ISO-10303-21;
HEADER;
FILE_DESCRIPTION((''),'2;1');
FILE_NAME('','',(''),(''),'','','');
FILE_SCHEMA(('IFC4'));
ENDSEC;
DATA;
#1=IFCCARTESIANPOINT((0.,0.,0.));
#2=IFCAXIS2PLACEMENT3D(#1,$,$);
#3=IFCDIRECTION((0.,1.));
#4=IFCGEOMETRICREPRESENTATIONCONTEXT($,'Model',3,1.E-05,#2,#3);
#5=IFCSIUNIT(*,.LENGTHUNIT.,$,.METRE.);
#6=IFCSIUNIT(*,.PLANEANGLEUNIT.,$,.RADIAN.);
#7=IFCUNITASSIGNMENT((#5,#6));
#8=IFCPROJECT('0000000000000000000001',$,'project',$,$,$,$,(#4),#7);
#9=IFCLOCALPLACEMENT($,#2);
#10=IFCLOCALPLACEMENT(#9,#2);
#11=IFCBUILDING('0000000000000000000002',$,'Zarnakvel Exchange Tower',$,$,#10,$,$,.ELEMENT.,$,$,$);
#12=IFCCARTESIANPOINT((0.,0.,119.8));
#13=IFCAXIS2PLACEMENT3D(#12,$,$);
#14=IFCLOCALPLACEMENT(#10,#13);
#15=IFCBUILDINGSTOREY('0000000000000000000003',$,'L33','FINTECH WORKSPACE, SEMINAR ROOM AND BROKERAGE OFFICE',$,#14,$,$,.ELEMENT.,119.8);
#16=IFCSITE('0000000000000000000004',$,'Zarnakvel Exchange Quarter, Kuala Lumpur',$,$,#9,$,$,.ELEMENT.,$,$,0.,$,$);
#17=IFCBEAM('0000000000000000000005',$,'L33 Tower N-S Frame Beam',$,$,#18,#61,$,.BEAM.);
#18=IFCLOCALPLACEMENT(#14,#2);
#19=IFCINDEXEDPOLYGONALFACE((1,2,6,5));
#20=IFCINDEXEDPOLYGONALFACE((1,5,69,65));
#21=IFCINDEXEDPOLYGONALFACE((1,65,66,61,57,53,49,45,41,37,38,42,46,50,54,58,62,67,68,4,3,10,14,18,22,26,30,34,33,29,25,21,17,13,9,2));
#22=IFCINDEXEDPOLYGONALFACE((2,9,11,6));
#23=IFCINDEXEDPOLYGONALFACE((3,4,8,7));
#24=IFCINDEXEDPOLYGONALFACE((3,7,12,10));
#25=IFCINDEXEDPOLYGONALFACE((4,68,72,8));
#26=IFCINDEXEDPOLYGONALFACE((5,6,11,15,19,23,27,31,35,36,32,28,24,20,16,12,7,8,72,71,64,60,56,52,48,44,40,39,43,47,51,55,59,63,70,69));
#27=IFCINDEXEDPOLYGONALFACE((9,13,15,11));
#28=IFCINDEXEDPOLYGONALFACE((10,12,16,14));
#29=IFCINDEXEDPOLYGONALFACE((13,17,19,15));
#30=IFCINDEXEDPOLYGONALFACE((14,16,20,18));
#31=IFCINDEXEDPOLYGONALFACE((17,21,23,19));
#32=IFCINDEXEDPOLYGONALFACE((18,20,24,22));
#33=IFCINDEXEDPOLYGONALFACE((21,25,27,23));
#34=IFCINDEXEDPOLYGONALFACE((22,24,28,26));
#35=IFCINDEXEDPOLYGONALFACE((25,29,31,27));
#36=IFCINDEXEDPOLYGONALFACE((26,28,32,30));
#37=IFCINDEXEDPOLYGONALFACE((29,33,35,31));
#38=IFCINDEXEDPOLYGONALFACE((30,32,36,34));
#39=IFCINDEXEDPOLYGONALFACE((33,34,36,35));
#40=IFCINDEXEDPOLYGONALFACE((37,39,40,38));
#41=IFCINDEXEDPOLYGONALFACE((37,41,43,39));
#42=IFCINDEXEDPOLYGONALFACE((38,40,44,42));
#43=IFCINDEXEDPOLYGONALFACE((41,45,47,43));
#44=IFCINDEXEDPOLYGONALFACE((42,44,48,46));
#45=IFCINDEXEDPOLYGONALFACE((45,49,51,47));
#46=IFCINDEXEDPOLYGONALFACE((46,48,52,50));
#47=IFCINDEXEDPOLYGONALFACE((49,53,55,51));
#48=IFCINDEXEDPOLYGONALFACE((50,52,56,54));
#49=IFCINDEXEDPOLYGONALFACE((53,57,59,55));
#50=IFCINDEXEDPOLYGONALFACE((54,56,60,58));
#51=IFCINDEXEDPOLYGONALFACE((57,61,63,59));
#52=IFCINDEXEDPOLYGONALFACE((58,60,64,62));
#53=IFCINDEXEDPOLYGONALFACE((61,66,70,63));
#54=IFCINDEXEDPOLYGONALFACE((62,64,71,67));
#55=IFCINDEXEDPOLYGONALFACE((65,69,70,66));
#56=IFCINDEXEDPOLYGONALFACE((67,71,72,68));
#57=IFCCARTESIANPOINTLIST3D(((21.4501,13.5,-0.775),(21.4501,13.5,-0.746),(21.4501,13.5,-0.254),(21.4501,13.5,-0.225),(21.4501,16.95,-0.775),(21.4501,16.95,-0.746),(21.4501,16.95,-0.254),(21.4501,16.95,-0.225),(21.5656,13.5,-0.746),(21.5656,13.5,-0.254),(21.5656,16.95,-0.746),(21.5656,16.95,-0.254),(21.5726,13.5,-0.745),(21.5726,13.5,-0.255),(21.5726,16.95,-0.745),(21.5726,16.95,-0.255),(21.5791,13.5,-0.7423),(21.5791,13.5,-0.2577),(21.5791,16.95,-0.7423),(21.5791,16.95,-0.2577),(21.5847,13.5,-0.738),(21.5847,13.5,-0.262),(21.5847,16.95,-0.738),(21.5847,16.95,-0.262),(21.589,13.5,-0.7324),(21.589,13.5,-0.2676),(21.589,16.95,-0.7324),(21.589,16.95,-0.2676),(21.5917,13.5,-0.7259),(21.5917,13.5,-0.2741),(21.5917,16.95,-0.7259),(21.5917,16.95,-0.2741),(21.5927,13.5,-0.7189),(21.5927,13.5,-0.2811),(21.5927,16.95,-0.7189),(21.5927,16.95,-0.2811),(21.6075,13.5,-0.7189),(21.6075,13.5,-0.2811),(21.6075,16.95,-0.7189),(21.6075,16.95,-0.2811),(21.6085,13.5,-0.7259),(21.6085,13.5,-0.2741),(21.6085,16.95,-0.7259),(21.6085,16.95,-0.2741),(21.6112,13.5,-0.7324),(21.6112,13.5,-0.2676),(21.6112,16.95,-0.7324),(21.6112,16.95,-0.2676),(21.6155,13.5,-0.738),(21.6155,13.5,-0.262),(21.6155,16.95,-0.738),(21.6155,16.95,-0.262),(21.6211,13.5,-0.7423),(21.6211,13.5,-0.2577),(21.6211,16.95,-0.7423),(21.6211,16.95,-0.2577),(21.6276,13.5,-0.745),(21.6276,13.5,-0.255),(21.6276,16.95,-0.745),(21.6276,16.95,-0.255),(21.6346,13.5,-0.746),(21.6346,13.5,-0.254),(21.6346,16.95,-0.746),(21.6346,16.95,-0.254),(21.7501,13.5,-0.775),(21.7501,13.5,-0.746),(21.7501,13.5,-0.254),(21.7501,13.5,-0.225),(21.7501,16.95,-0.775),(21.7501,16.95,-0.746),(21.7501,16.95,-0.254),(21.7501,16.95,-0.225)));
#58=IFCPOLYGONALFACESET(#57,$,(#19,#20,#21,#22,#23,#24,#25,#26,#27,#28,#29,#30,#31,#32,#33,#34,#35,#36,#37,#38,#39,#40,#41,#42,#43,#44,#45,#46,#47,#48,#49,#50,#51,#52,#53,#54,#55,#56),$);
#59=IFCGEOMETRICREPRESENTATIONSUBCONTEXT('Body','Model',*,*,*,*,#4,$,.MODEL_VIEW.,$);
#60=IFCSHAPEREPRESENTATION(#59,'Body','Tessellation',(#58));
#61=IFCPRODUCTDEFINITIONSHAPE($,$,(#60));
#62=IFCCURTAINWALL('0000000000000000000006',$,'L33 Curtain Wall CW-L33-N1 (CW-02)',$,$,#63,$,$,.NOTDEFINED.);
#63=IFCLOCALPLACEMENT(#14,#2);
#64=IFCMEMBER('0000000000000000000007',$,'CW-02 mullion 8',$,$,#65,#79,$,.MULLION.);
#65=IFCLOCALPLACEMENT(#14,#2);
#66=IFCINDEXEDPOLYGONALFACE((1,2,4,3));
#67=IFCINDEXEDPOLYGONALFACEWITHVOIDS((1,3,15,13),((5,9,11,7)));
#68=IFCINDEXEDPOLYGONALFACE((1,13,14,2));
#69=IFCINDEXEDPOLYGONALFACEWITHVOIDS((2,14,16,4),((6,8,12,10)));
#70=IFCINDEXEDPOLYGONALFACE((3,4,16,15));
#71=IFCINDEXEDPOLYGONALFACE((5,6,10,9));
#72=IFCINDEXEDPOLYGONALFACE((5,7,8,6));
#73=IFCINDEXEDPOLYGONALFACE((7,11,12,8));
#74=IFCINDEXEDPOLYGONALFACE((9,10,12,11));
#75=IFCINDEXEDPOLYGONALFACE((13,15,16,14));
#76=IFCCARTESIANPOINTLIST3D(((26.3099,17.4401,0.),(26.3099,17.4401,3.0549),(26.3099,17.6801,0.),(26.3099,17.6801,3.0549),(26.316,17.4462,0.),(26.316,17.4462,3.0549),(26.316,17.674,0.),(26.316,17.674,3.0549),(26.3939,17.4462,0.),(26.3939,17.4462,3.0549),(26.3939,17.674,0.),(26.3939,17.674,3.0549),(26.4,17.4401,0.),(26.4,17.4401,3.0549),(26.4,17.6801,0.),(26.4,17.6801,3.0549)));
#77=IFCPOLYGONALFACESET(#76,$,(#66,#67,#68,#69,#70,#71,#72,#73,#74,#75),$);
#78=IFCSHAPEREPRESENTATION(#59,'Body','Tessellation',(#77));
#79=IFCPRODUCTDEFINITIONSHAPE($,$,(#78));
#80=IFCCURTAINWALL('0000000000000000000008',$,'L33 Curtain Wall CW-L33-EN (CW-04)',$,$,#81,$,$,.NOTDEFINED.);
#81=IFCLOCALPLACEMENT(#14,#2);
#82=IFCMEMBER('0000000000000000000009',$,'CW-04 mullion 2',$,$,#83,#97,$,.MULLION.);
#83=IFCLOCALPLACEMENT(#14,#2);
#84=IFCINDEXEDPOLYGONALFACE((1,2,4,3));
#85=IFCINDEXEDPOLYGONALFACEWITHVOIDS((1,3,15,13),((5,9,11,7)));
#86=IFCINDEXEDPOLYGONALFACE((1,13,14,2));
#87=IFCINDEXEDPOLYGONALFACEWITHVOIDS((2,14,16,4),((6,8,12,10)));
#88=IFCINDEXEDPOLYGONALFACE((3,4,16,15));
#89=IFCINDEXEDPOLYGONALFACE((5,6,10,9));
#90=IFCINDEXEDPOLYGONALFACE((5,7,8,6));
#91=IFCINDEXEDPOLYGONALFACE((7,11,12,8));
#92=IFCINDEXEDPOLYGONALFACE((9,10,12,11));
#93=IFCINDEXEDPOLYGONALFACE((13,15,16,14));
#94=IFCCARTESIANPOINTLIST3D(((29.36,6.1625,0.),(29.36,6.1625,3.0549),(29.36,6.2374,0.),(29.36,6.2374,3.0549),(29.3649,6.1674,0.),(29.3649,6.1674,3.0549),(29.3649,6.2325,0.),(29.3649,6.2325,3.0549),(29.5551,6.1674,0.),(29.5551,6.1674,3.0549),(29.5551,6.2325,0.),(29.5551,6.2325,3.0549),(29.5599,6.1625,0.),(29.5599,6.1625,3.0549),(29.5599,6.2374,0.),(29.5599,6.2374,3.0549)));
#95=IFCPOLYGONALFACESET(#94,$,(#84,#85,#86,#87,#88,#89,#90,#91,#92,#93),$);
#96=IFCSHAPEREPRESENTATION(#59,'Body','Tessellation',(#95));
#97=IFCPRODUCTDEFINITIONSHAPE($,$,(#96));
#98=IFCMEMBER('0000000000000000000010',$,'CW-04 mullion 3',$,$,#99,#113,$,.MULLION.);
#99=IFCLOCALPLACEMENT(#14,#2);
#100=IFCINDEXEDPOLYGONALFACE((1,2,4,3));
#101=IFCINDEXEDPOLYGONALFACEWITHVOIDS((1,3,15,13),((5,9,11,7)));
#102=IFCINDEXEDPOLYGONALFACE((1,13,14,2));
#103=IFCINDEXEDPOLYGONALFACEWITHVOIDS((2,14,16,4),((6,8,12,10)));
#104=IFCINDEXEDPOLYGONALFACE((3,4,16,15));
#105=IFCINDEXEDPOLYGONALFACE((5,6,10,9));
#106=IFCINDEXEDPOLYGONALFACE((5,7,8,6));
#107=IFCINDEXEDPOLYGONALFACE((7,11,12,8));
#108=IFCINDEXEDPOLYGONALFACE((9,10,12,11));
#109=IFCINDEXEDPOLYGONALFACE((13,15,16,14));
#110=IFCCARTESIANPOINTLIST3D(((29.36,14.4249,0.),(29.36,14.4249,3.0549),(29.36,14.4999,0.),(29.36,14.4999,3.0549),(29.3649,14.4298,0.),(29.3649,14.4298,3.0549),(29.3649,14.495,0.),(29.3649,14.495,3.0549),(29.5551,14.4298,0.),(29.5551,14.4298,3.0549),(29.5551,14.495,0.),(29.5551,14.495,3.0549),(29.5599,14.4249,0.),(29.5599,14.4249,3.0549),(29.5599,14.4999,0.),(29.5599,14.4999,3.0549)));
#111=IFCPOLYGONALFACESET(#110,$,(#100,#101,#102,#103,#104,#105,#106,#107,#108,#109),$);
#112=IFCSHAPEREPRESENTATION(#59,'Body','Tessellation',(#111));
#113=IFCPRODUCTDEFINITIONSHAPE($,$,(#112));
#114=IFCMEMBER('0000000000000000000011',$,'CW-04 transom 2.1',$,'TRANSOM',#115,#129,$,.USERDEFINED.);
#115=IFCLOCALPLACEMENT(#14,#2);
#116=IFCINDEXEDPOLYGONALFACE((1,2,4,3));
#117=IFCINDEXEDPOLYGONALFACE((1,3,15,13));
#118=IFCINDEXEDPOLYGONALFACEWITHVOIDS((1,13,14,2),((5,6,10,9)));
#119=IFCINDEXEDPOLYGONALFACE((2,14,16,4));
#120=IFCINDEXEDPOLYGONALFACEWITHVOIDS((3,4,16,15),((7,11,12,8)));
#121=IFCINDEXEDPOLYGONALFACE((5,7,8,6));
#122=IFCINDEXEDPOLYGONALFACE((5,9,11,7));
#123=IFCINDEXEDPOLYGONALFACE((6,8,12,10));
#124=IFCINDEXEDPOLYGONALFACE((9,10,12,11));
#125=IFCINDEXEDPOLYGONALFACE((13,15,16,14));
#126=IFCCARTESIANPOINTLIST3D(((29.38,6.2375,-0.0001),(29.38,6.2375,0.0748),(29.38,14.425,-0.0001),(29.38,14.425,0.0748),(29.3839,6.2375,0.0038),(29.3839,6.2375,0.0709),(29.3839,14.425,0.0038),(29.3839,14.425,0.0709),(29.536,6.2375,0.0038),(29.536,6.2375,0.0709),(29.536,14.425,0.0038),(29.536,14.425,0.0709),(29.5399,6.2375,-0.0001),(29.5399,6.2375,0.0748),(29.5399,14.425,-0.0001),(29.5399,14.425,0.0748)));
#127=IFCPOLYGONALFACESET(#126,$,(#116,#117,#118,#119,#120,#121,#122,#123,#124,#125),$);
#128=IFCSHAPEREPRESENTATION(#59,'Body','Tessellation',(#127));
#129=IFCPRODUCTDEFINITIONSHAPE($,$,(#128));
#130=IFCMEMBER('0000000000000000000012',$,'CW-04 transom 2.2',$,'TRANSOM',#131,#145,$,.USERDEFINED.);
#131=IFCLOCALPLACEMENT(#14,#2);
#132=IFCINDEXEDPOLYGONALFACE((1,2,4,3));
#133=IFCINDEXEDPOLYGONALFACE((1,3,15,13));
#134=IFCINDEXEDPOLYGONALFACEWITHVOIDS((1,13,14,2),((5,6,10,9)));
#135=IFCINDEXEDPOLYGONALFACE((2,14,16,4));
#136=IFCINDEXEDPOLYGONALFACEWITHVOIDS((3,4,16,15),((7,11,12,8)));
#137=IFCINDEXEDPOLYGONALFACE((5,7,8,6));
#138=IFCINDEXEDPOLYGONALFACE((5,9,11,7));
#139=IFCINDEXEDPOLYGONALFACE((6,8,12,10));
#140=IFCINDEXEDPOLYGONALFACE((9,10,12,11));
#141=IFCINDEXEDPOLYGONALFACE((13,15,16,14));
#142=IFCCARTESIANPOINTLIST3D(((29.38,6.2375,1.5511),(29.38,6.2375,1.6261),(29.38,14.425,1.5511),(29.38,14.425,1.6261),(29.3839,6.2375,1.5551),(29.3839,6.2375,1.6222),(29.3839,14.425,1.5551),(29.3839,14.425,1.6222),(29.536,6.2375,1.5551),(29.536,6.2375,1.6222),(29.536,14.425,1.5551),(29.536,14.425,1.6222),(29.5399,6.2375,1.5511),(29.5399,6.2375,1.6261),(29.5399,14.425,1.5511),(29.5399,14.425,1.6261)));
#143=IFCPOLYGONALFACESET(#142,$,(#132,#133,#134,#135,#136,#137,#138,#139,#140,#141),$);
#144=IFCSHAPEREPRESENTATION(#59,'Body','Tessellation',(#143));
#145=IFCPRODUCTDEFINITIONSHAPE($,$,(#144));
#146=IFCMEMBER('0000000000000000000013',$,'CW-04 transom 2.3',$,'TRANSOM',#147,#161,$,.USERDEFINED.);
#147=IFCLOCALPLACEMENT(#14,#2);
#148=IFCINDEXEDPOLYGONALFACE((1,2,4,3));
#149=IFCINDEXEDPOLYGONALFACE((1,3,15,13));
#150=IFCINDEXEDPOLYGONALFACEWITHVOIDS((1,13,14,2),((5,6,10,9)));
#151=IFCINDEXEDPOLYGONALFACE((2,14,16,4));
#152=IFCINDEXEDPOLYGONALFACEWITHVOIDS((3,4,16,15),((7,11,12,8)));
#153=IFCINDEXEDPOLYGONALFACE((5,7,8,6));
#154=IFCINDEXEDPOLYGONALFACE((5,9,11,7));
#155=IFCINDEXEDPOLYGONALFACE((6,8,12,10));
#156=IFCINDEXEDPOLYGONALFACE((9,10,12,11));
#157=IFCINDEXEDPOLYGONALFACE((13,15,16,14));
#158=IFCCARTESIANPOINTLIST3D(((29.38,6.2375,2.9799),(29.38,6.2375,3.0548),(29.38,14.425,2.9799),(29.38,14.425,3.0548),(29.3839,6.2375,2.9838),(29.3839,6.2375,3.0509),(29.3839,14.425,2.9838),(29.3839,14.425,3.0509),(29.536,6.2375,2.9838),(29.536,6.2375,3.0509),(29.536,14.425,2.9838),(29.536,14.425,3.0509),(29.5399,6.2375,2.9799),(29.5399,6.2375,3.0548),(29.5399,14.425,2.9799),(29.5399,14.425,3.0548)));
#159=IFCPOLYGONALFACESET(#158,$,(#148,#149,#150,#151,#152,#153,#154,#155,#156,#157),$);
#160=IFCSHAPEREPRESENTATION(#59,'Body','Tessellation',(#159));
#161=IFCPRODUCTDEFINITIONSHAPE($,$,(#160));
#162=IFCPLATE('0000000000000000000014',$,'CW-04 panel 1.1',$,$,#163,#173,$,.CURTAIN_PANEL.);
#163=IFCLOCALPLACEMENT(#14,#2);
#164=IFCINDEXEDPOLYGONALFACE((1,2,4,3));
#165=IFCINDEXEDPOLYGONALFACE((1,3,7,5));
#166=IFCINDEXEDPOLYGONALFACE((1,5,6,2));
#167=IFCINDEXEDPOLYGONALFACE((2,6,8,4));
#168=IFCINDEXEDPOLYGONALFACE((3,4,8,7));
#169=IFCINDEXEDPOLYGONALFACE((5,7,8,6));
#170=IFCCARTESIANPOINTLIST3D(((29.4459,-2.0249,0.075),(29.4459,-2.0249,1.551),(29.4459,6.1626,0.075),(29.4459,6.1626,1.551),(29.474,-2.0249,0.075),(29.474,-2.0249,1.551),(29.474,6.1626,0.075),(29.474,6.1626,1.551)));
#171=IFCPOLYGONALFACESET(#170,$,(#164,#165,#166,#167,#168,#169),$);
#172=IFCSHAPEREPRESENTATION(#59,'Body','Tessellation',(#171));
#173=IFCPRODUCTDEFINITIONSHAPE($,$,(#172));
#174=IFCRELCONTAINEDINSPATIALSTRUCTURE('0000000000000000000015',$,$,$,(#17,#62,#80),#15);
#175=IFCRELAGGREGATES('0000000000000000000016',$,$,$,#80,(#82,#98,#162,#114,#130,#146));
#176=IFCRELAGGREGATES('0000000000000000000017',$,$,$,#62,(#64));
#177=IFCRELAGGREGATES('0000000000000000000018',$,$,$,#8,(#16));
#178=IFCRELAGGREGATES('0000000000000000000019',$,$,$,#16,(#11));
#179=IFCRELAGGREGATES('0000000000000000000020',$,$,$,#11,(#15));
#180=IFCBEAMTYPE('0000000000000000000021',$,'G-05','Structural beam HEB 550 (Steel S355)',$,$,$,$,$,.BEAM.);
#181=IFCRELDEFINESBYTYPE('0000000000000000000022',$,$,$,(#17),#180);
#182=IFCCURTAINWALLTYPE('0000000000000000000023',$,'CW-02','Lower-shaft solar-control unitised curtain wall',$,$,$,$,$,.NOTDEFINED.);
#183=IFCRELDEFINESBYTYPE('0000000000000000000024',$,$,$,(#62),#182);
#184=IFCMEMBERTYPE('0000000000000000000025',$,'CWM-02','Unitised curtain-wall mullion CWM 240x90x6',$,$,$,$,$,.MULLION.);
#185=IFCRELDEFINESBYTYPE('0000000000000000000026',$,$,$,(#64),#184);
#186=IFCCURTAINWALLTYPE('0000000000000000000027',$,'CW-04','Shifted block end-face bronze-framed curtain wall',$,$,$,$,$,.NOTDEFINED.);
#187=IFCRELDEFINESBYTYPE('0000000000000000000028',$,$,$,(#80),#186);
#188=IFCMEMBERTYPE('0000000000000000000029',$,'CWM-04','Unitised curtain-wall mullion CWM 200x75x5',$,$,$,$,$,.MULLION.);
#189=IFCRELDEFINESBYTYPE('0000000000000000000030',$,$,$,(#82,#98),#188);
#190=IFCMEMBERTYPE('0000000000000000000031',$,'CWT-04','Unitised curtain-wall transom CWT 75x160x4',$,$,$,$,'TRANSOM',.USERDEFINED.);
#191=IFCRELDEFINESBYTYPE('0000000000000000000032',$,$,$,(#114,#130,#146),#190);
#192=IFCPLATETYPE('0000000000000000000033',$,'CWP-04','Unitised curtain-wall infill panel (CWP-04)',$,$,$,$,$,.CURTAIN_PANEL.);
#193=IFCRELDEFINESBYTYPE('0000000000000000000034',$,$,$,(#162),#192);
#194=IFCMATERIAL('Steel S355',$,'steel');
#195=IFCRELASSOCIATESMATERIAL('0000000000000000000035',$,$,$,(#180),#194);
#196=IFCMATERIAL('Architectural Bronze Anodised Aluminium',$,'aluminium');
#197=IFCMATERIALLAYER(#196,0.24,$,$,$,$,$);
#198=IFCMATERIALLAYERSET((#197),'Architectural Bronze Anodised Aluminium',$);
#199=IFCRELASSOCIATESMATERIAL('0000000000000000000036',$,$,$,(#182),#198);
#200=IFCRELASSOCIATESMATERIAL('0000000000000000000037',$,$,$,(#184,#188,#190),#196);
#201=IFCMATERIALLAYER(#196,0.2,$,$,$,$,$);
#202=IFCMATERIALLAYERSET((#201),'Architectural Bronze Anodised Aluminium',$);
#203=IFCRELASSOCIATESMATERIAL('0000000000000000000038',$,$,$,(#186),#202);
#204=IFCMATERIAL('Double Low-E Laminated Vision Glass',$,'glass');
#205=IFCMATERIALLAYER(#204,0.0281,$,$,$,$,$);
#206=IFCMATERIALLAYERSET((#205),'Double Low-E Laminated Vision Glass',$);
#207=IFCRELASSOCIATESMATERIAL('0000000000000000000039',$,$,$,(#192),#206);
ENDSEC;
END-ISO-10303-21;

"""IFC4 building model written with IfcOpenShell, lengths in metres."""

from ifc_helpers import new_model, si_unit, direction, frame, origin, origin_2d, place, context, subcontext, project, spatial, rectangle, hollow_rectangle, i_section, extrude, source, transform, mapped, material, layer, layer_set, material_profile, profile_set, type_object, element, aggregate, save


model = new_model("IFC4")

# Units and contexts
model_context = context("Model", 3, precision=1e-05, world=origin(), true_north=direction((0.0, 1.0)))
body_context = subcontext(model_context, "Body", "Model", "MODEL_VIEW")
ifc_project = project(units=[si_unit("LENGTHUNIT", "METRE"), si_unit("PLANEANGLEUNIT", "RADIAN")], contexts=[model_context])

# Site, building, storey
site_placement = place(None, origin())
site = spatial("IfcSite", under=ifc_project, at=site_placement, Name="Zarnakvel Exchange Quarter, Kuala Lumpur", CompositionType="ELEMENT", RefElevation=0.0)
building_placement = place(site_placement, origin())
building = spatial("IfcBuilding", under=site, at=building_placement, Name="Zarnakvel Exchange Tower", CompositionType="ELEMENT")
storey_placement = place(building_placement, frame((0.0, 0.0, 119.8)))
storey = spatial("IfcBuildingStorey", under=building, at=storey_placement, Name="L33", Description="FINTECH WORKSPACE, SEMINAR ROOM AND BROKERAGE OFFICE", CompositionType="ELEMENT", Elevation=119.8)

# Shared definitions
ifc_material_1 = material(Name="Steel S355", Category="steel")

# Beam
ifc_material_profile_1 = material_profile(ifc_material_1, i_section(OverallWidth=0.3, OverallDepth=0.55, WebThickness=0.0149, FlangeThickness=0.0291, FilletRadius=0.0271, at=origin_2d()))
ifc_profile_set_1 = profile_set([ifc_material_profile_1], Name="Steel S355")
beam_type = type_object("IfcBeamType", Name="G-05", Description="Structural beam HEB 550 (Steel S355)", PredefinedType="BEAM", material=ifc_profile_set_1)
beam_1_placement = place(storey_placement, frame((21.6001, 13.5, -0.5), z_axis=(0.0, 1.0, 0.0), x_axis=(-1.0, 0.0, 0.0)))
element("IfcBeam", 1, at=beam_1_placement, inside=storey, type_object=beam_type, Name="L33 Tower N-S Frame Beam", PredefinedType="BEAM", context=body_context, shape_type="SweptSolid", body=[
    extrude(i_section(OverallWidth=0.3, OverallDepth=0.55, WebThickness=0.0149, FlangeThickness=0.0291, FilletRadius=0.0271, at=origin_2d()), origin(), (0.0, 0.0, 1.0), 3.45),
])

# Curtain wall, member
ifc_material_2 = material(Name="Architectural Bronze Anodised Aluminium", Category="aluminium")
ifc_layer_1 = layer(ifc_material_2, 0.24)
ifc_layer_set_1 = layer_set([ifc_layer_1], Name="Architectural Bronze Anodised Aluminium")
curtain_wall_type_1 = type_object("IfcCurtainWallType", Name="CW-02", Description="Lower-shaft solar-control unitised curtain wall", PredefinedType="NOTDEFINED", material=ifc_layer_set_1)
curtain_wall_1_placement = place(storey_placement, origin())
curtain_wall_1 = element("IfcCurtainWall", 2, at=curtain_wall_1_placement, inside=storey, type_object=curtain_wall_type_1, Name="L33 Curtain Wall CW-L33-N1 (CW-02)", PredefinedType="NOTDEFINED")
ifc_material_profile_2 = material_profile(ifc_material_2, hollow_rectangle(XDim=0.24, YDim=0.0901, WallThickness=0.0061, at=origin_2d()))
ifc_profile_set_2 = profile_set([ifc_material_profile_2], Name="Architectural Bronze Anodised Aluminium")
member_type_1 = type_object("IfcMemberType", Name="CWM-02", Description="Unitised curtain-wall mullion CWM 240x90x6", PredefinedType="MULLION", material=ifc_profile_set_2)
shared_shape_1 = source(origin(), body_context, "Body", "SweptSolid", [
    extrude(hollow_rectangle(XDim=0.24, YDim=0.0901, WallThickness=0.0061, at=origin_2d()), origin(), (0.0, 0.0, 1.0), 3.0549),
])
member_1_placement = place(storey_placement, frame((26.355, 17.5601, 0.0), z_axis=(0.0, 0.0, 1.0), x_axis=(0.0, 1.0, 0.0)))
member_1 = element("IfcMember", 3, at=member_1_placement, type_object=member_type_1, Name="CW-02 mullion 8", PredefinedType="MULLION", context=body_context, shape_type="MappedRepresentation", body=[
    mapped(shared_shape_1, transform((0.0, 0.0, 0.0), x_axis=(1.0, 0.0, 0.0), y_axis=(0.0, 1.0, 0.0), z_axis=(0.0, 0.0, 1.0), scale=1.0)),
])

# Curtain wall, members, plate
ifc_layer_2 = layer(ifc_material_2, 0.2)
ifc_layer_set_2 = layer_set([ifc_layer_2], Name="Architectural Bronze Anodised Aluminium")
curtain_wall_type_2 = type_object("IfcCurtainWallType", Name="CW-04", Description="Shifted block end-face bronze-framed curtain wall", PredefinedType="NOTDEFINED", material=ifc_layer_set_2)
curtain_wall_2_placement = place(storey_placement, origin())
curtain_wall_2 = element("IfcCurtainWall", 4, at=curtain_wall_2_placement, inside=storey, type_object=curtain_wall_type_2, Name="L33 Curtain Wall CW-L33-EN (CW-04)", PredefinedType="NOTDEFINED")
ifc_material_profile_3 = material_profile(ifc_material_2, hollow_rectangle(XDim=0.2, YDim=0.075, WallThickness=0.0049, at=origin_2d()))
ifc_profile_set_3 = profile_set([ifc_material_profile_3], Name="Architectural Bronze Anodised Aluminium")
member_type_2 = type_object("IfcMemberType", Name="CWM-04", Description="Unitised curtain-wall mullion CWM 200x75x5", PredefinedType="MULLION", material=ifc_profile_set_3)
shared_shape_2 = source(origin(), body_context, "Body", "SweptSolid", [
    extrude(hollow_rectangle(XDim=0.2, YDim=0.075, WallThickness=0.0049, at=origin_2d()), origin(), (0.0, 0.0, 1.0), 3.0549),
])
member_2_placement = place(storey_placement, frame((29.46, 6.2, 0.0), z_axis=(0.0, 0.0, 1.0), x_axis=(-1.0, 0.0, 0.0)))
member_2 = element("IfcMember", 5, at=member_2_placement, type_object=member_type_2, Name="CW-04 mullion 2", PredefinedType="MULLION", context=body_context, shape_type="MappedRepresentation", body=[
    mapped(shared_shape_2, transform((0.0, 0.0, 0.0), x_axis=(1.0, 0.0, 0.0), y_axis=(0.0, 1.0, 0.0), z_axis=(0.0, 0.0, 1.0), scale=1.0)),
])
member_3_placement = place(storey_placement, frame((29.46, 14.4624, 0.0), z_axis=(0.0, 0.0, 1.0), x_axis=(-1.0, 0.0, 0.0)))
member_3 = element("IfcMember", 6, at=member_3_placement, type_object=member_type_2, Name="CW-04 mullion 3", PredefinedType="MULLION", context=body_context, shape_type="MappedRepresentation", body=[
    mapped(shared_shape_2, transform((0.0, 0.0, 0.0), x_axis=(1.0, 0.0, 0.0), y_axis=(0.0, 1.0, 0.0), z_axis=(0.0, 0.0, 1.0), scale=1.0)),
])
ifc_material_profile_4 = material_profile(ifc_material_2, hollow_rectangle(XDim=0.1599, YDim=0.075, WallThickness=0.0039, at=origin_2d()))
ifc_profile_set_4 = profile_set([ifc_material_profile_4], Name="Architectural Bronze Anodised Aluminium")
member_type_3 = type_object("IfcMemberType", Name="CWT-04", Description="Unitised curtain-wall transom CWT 75x160x4", ElementType="TRANSOM", PredefinedType="USERDEFINED", material=ifc_profile_set_4)
shared_shape_3 = source(origin(), body_context, "Body", "SweptSolid", [
    extrude(hollow_rectangle(XDim=0.1599, YDim=0.075, WallThickness=0.0039, at=origin_2d()), origin(), (0.0, 0.0, 1.0), 8.1875),
])
member_4_placement = place(storey_placement, frame((29.46, 6.2375, 0.0374), z_axis=(0.0, 1.0, 0.0), x_axis=(-1.0, 0.0, 0.0)))
member_4 = element("IfcMember", 7, at=member_4_placement, type_object=member_type_3, Name="CW-04 transom 2.1", ObjectType="TRANSOM", PredefinedType="USERDEFINED", context=body_context, shape_type="MappedRepresentation", body=[
    mapped(shared_shape_3, transform((0.0, 0.0, 0.0), x_axis=(1.0, 0.0, 0.0), y_axis=(0.0, 1.0, 0.0), z_axis=(0.0, 0.0, 1.0), scale=1.0)),
])
member_5_placement = place(storey_placement, frame((29.46, 6.2375, 1.5886), z_axis=(0.0, 1.0, 0.0), x_axis=(-1.0, 0.0, 0.0)))
member_5 = element("IfcMember", 8, at=member_5_placement, type_object=member_type_3, Name="CW-04 transom 2.2", ObjectType="TRANSOM", PredefinedType="USERDEFINED", context=body_context, shape_type="MappedRepresentation", body=[
    mapped(shared_shape_3, transform((0.0, 0.0, 0.0), x_axis=(1.0, 0.0, 0.0), y_axis=(0.0, 1.0, 0.0), z_axis=(0.0, 0.0, 1.0), scale=1.0)),
])
member_6_placement = place(storey_placement, frame((29.46, 6.2375, 3.0173), z_axis=(0.0, 1.0, 0.0), x_axis=(-1.0, 0.0, 0.0)))
member_6 = element("IfcMember", 9, at=member_6_placement, type_object=member_type_3, Name="CW-04 transom 2.3", ObjectType="TRANSOM", PredefinedType="USERDEFINED", context=body_context, shape_type="MappedRepresentation", body=[
    mapped(shared_shape_3, transform((0.0, 0.0, 0.0), x_axis=(1.0, 0.0, 0.0), y_axis=(0.0, 1.0, 0.0), z_axis=(0.0, 0.0, 1.0), scale=1.0)),
])
ifc_material_3 = material(Name="Double Low-E Laminated Vision Glass", Category="glass")
ifc_layer_3 = layer(ifc_material_3, 0.0281)
ifc_layer_set_3 = layer_set([ifc_layer_3], Name="Double Low-E Laminated Vision Glass")
plate_type_1 = type_object("IfcPlateType", Name="CWP-04", Description="Unitised curtain-wall infill panel (CWP-04)", PredefinedType="CURTAIN_PANEL", material=ifc_layer_set_3)
shared_shape_4 = source(origin(), body_context, "Body", "SweptSolid", [
    extrude(rectangle(XDim=8.1875, YDim=0.0281, at=origin_2d()), origin(), (0.0, 0.0, 1.0), 1.4761),
])
plate_1_placement = place(storey_placement, frame((29.46, 2.0688, 0.075), z_axis=(0.0, 0.0, 1.0), x_axis=(0.0, 1.0, 0.0)))
plate_1 = element("IfcPlate", 10, at=plate_1_placement, type_object=plate_type_1, Name="CW-04 panel 1.1", PredefinedType="CURTAIN_PANEL", context=body_context, shape_type="MappedRepresentation", body=[
    mapped(shared_shape_4, transform((0.0, 0.0, 0.0), x_axis=(1.0, 0.0, 0.0), y_axis=(0.0, 1.0, 0.0), z_axis=(0.0, 0.0, 1.0), scale=1.0)),
])
aggregate(curtain_wall_2, [member_2, member_3, plate_1, member_4, member_5, member_6])

aggregate(curtain_wall_1, [member_1])

save(model, "model.ifc")
